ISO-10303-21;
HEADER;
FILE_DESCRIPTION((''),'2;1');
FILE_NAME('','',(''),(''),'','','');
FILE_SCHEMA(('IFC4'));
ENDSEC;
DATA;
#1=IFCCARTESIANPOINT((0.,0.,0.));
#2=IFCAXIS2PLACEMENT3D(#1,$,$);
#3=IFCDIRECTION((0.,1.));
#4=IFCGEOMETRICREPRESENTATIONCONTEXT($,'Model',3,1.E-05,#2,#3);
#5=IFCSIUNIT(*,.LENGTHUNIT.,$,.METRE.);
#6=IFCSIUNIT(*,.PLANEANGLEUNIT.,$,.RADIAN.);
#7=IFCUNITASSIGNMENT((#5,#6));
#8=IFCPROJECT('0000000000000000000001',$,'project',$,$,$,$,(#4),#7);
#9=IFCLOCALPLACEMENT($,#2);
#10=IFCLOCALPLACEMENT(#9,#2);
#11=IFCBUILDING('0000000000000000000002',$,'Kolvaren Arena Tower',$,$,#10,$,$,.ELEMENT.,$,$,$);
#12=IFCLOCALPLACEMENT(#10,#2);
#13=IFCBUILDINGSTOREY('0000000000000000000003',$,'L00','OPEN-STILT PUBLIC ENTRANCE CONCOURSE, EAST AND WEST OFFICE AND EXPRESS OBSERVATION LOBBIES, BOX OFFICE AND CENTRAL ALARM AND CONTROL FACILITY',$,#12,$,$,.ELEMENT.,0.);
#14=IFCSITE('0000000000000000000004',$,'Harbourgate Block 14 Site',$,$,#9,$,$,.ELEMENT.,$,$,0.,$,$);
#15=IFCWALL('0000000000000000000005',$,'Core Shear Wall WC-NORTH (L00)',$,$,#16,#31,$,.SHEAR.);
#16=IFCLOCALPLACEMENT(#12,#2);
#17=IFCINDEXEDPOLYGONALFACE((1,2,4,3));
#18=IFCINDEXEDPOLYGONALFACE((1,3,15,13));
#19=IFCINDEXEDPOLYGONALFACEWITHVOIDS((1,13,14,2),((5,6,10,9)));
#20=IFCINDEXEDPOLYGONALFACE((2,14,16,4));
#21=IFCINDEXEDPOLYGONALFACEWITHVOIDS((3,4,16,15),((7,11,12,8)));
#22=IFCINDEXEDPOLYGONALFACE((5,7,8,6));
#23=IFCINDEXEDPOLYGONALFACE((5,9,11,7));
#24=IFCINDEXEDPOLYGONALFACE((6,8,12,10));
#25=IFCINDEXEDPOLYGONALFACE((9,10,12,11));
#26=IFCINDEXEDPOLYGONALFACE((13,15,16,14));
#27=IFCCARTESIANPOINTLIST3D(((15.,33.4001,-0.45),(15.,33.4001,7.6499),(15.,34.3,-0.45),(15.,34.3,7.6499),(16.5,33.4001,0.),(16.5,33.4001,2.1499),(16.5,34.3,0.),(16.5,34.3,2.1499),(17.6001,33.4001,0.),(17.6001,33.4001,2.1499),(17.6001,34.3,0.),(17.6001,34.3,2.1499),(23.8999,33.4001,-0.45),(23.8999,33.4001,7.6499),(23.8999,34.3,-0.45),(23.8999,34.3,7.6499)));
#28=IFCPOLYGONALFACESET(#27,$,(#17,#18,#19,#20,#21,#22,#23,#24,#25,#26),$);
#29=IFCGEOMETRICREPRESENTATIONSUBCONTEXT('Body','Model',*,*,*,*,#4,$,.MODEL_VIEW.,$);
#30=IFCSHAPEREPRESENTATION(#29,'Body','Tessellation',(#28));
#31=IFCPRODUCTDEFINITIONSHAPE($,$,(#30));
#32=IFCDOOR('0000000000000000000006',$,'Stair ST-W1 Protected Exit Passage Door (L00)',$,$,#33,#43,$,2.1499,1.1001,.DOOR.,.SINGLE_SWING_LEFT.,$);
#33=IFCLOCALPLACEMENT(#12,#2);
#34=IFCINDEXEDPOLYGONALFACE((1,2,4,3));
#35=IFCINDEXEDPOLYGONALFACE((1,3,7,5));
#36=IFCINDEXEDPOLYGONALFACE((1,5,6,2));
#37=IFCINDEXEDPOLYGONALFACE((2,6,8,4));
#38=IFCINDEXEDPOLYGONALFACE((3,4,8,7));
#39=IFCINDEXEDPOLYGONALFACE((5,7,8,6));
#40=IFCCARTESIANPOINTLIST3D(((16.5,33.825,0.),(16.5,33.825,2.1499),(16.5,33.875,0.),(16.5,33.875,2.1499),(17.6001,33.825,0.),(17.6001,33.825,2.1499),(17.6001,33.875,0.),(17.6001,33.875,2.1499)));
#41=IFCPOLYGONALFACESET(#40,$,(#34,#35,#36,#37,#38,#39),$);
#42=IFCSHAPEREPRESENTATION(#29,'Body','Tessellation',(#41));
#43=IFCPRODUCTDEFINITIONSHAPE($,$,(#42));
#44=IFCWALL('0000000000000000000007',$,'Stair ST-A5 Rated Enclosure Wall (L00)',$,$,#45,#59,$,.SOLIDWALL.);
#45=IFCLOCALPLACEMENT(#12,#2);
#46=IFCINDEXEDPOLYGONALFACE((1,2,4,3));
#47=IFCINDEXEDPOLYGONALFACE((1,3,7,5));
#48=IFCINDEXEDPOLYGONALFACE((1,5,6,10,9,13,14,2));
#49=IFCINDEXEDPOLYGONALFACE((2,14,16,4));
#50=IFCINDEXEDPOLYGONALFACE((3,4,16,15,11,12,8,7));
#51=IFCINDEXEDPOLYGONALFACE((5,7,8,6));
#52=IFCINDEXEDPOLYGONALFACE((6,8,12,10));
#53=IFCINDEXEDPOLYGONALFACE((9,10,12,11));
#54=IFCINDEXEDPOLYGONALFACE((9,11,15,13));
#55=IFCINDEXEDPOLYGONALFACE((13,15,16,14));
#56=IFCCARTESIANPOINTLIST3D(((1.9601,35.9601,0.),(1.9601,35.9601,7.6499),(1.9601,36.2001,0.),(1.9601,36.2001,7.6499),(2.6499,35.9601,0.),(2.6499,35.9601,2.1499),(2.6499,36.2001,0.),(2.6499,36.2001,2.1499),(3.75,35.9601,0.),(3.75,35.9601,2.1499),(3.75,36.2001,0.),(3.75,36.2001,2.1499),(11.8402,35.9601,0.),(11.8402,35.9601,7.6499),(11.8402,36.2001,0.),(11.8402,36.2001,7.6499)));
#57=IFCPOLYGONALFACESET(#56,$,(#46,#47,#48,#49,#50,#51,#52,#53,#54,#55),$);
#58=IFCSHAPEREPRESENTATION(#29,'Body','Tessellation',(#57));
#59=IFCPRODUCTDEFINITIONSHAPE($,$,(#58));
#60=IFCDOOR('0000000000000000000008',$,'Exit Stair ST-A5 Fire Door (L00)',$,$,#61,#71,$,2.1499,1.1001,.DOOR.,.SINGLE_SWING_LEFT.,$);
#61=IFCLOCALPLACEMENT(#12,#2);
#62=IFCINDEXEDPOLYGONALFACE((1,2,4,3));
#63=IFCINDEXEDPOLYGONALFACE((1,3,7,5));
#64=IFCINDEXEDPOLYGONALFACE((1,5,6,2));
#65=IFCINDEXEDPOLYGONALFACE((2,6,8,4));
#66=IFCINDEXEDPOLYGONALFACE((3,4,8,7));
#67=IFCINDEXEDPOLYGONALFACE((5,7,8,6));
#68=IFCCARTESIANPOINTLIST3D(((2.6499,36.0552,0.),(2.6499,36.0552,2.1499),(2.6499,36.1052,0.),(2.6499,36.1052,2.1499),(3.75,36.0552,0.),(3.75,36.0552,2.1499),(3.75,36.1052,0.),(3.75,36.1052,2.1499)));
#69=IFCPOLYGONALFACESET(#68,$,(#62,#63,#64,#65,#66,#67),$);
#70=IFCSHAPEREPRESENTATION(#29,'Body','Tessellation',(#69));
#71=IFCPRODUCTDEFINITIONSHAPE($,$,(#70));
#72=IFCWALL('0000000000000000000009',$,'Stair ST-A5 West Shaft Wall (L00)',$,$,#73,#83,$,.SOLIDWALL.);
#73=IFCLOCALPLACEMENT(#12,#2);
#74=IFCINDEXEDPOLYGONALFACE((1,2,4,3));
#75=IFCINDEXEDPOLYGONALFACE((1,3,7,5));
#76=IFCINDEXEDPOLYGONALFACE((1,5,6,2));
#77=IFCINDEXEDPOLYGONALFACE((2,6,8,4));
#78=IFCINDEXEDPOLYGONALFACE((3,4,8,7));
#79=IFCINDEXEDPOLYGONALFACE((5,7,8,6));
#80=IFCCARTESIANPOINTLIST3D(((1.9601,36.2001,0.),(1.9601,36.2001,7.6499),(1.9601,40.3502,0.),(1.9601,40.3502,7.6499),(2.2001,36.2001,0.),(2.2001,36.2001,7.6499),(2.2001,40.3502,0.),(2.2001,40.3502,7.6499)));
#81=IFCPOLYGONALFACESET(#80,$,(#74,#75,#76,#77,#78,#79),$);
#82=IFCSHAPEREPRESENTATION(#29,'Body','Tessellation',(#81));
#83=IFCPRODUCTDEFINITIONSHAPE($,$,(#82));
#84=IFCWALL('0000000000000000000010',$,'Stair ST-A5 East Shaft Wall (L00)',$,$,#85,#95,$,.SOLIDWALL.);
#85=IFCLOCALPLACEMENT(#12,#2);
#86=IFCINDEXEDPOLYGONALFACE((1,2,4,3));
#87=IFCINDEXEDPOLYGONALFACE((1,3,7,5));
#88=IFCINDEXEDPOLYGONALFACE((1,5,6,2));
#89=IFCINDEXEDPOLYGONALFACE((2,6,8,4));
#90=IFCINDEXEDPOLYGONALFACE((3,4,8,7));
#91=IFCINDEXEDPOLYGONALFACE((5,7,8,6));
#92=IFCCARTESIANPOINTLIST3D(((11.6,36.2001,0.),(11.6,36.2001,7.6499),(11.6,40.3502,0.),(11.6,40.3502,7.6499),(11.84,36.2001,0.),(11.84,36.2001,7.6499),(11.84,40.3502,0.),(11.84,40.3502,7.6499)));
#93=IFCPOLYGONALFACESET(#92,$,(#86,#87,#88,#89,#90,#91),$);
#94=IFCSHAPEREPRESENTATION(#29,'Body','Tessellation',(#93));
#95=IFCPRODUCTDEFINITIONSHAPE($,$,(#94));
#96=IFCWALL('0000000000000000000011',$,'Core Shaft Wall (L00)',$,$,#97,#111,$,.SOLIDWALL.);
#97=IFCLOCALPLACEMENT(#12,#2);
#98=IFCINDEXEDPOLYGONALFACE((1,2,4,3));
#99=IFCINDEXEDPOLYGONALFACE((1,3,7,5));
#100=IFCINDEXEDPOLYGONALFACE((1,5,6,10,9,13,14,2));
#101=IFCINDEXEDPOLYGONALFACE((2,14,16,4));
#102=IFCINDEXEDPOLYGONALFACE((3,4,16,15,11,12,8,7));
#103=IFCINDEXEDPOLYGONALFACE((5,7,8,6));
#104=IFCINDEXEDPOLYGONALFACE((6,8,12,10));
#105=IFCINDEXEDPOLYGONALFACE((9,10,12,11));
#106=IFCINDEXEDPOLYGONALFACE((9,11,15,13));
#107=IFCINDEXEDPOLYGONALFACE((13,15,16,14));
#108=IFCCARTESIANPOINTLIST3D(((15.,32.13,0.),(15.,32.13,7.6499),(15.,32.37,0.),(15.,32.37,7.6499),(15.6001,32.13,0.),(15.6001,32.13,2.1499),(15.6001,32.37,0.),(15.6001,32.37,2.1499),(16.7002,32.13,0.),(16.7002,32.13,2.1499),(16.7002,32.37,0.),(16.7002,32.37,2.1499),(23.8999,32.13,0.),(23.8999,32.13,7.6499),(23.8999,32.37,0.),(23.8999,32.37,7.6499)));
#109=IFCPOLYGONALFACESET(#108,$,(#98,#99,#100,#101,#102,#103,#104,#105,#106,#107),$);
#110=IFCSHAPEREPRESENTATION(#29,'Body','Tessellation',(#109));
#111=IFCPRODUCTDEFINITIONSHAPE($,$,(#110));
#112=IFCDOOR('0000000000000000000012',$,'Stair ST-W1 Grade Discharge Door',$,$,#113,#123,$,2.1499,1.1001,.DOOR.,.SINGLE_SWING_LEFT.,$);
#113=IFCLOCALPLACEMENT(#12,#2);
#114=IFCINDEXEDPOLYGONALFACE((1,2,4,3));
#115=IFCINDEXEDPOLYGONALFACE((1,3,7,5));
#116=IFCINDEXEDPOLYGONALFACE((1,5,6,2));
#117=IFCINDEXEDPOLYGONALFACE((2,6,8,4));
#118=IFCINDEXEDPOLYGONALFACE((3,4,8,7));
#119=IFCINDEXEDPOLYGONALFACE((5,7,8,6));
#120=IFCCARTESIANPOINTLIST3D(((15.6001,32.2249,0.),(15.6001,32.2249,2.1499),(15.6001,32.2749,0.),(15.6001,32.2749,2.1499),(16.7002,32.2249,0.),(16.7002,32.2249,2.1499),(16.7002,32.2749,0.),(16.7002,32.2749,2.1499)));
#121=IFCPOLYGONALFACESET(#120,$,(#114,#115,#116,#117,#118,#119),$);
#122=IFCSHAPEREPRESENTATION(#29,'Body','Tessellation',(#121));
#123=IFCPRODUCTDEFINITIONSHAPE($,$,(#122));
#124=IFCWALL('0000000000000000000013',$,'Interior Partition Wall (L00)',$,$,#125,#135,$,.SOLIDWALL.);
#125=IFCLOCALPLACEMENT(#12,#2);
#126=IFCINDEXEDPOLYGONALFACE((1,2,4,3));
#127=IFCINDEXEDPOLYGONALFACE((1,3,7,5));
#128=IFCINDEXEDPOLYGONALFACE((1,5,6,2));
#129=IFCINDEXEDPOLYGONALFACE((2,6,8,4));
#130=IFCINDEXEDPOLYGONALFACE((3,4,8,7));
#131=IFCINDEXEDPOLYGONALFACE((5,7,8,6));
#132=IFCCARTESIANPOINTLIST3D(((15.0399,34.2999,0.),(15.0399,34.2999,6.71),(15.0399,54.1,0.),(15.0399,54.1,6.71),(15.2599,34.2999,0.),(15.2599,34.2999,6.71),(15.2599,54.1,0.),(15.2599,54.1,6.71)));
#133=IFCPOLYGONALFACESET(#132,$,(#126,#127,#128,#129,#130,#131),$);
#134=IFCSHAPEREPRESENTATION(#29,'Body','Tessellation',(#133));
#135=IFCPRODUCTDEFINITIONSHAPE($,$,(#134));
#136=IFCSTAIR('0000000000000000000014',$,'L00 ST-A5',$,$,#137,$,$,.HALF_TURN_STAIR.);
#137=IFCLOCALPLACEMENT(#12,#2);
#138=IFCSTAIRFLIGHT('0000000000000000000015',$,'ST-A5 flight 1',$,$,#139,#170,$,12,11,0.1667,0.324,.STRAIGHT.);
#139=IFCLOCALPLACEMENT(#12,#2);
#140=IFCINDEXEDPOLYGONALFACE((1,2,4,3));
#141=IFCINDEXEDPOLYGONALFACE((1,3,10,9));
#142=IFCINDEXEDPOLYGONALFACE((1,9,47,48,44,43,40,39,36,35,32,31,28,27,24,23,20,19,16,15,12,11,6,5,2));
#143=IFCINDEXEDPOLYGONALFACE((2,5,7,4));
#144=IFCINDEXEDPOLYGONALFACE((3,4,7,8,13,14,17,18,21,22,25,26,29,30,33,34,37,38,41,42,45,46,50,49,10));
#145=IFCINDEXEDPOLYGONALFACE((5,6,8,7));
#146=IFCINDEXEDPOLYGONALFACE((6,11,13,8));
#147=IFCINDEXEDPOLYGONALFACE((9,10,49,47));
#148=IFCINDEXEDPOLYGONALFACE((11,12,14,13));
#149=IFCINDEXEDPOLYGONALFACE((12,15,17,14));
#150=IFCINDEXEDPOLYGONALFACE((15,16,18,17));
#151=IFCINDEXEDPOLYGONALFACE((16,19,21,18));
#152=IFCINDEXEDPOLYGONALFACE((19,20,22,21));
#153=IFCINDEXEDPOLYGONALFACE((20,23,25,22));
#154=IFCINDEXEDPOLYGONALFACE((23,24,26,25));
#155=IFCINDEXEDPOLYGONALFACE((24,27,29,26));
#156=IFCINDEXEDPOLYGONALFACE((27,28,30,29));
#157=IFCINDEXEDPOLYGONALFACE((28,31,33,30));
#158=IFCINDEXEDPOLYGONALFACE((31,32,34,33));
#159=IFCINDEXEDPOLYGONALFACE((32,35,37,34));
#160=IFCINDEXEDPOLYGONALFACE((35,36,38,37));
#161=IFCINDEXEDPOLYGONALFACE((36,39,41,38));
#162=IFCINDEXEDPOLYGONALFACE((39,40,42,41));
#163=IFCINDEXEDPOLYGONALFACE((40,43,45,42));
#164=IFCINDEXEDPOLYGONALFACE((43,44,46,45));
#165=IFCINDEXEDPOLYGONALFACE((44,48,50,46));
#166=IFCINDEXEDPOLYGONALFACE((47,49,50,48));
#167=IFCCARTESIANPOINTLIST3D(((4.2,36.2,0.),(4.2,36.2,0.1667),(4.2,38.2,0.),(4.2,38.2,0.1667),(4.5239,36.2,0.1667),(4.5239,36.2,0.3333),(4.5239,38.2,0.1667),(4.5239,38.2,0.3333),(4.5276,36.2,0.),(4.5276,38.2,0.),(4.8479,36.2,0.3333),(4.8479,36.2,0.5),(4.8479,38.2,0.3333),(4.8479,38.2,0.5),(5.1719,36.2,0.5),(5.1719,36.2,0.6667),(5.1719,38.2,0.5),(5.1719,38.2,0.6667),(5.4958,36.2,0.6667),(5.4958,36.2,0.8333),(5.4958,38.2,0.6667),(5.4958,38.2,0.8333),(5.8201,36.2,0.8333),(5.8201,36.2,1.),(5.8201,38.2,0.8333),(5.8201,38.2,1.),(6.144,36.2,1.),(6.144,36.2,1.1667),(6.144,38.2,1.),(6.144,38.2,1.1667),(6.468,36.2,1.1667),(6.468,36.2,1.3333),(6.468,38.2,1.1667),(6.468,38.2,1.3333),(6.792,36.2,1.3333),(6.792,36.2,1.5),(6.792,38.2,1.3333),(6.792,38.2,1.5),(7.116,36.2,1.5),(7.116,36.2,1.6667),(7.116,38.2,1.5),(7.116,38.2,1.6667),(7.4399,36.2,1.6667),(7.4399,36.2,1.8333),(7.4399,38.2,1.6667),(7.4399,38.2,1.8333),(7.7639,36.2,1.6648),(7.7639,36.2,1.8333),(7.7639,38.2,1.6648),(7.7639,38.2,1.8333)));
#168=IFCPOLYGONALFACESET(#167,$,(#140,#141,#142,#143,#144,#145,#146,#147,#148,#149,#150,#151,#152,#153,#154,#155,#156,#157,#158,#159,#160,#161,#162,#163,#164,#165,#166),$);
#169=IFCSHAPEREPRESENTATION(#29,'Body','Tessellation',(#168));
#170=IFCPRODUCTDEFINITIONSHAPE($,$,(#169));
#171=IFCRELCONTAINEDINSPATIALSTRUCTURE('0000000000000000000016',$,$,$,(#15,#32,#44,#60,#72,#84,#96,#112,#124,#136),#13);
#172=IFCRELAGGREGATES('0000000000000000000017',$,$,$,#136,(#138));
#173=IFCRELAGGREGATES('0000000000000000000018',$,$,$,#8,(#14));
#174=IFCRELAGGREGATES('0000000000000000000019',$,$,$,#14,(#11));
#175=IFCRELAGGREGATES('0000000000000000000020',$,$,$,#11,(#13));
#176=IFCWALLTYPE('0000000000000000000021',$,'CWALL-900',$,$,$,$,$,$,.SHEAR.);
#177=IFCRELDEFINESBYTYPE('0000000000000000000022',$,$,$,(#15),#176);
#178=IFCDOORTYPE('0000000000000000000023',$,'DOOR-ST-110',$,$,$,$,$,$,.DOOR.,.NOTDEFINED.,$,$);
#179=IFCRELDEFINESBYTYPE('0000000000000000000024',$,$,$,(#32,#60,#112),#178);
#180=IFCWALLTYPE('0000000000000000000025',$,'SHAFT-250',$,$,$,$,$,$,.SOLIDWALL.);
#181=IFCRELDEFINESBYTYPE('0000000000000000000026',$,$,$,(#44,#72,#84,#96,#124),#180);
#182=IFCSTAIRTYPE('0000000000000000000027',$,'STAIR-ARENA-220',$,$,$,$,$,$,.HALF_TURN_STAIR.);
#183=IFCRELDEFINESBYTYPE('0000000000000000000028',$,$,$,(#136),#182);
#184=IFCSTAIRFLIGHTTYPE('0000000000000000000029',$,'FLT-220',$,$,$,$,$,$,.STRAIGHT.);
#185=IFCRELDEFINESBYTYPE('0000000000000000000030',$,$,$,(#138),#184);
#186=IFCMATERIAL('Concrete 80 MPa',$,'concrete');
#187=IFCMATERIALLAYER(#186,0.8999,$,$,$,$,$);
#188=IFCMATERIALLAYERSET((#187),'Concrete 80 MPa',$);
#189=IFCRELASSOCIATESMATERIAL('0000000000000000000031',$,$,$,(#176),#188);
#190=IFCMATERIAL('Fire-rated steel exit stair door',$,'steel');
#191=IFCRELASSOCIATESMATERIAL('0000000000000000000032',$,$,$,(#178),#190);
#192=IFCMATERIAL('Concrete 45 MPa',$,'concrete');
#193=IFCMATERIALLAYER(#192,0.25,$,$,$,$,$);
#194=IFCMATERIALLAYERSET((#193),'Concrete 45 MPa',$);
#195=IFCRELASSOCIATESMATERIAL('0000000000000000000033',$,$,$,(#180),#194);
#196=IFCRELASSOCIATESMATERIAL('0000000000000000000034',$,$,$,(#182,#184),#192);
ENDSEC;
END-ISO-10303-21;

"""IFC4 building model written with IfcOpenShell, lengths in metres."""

from ifc_helpers import new_model, si_unit, direction, frame, frame_2d, origin, place, context, subcontext, project, spatial, polyline, rectangle, outline, extrude, material, layer, layer_set, type_object, element, fill, aggregate, save


model = new_model("IFC4")

# Units and contexts
model_context = context("Model", 3, precision=1e-05, world=origin(), true_north=direction((0.0, 1.0)))
body_context = subcontext(model_context, "Body", "Model", "MODEL_VIEW")
ifc_project = project(units=[si_unit("LENGTHUNIT", "METRE"), si_unit("PLANEANGLEUNIT", "RADIAN")], contexts=[model_context])

# Site, building, storey
site_placement = place(None, origin())
site = spatial("IfcSite", under=ifc_project, at=site_placement, Name="Harbourgate Block 14 Site", CompositionType="ELEMENT", RefElevation=0.0)
building_placement = place(site_placement, origin())
building = spatial("IfcBuilding", under=site, at=building_placement, Name="Kolvaren Arena Tower", CompositionType="ELEMENT")
storey_placement = place(building_placement, origin())
storey = spatial("IfcBuildingStorey", under=building, at=storey_placement, Name="L00", Description="OPEN-STILT PUBLIC ENTRANCE CONCOURSE, EAST AND WEST OFFICE AND EXPRESS OBSERVATION LOBBIES, BOX OFFICE AND CENTRAL ALARM AND CONTROL FACILITY", CompositionType="ELEMENT", Elevation=0.0)

# Walls, openings, doors
ifc_material_1 = material(Name="Concrete 80 MPa", Category="concrete")
ifc_layer_1 = layer(ifc_material_1, 0.8999)
ifc_layer_set_1 = layer_set([ifc_layer_1], Name="Concrete 80 MPa")
wall_type_1 = type_object("IfcWallType", Name="CWALL-900", PredefinedType="SHEAR", material=ifc_layer_set_1)
wall_1_placement = place(storey_placement, frame((15.0, 33.8501, -0.45), z_axis=(0.0, 0.0, 1.0), x_axis=(1.0, 0.0, 0.0)))
wall_1 = element("IfcWall", 1, at=wall_1_placement, inside=storey, type_object=wall_type_1, Name="Core Shear Wall WC-NORTH (L00)", PredefinedType="SHEAR", context=body_context, shape_type="SweptSolid", body=[
    extrude(rectangle(XDim=8.8999, YDim=0.8999, at=frame_2d((4.45, 0.0))), origin(), (0.0, 0.0, 1.0), 8.0999),
])
opening_1_placement = place(wall_1_placement, frame((1.5, 0.0, 0.45)))
opening_1 = element("IfcOpeningElement", 2, at=opening_1_placement, cuts=wall_1, PredefinedType="OPENING", context=body_context, shape_type="SweptSolid", body=[
    extrude(rectangle(XDim=1.1001, YDim=2.1499, at=frame_2d((0.55, 1.075))), frame((0.0, 0.46, 0.0), z_axis=(0.0, -1.0, 0.0), x_axis=(1.0, 0.0, 0.0)), (0.0, 0.0, 1.0), 0.9199),
])
ifc_material_2 = material(Name="Fire-rated steel exit stair door", Category="steel")
door_type = type_object("IfcDoorType", Name="DOOR-ST-110", OperationType="NOTDEFINED", PredefinedType="DOOR", material=ifc_material_2)
door_1_placement = place(opening_1_placement, origin())
door_1 = element("IfcDoor", 3, at=door_1_placement, inside=storey, type_object=door_type, Name="Stair ST-W1 Protected Exit Passage Door (L00)", OperationType="SINGLE_SWING_LEFT", OverallHeight=2.1499, OverallWidth=1.1001, PredefinedType="DOOR", context=body_context, shape_type="SweptSolid", body=[
    extrude(rectangle(XDim=1.1001, YDim=2.1499, at=frame_2d((0.55, 1.075))), frame((0.0, 0.0249, 0.0), z_axis=(0.0, -1.0, 0.0), x_axis=(1.0, 0.0, 0.0)), (0.0, 0.0, 1.0), 0.05),
])
fill(opening_1, door_1)
ifc_material_3 = material(Name="Concrete 45 MPa", Category="concrete")
ifc_layer_2 = layer(ifc_material_3, 0.25)
ifc_layer_set_2 = layer_set([ifc_layer_2], Name="Concrete 45 MPa")
wall_type_2 = type_object("IfcWallType", Name="SHAFT-250", PredefinedType="SOLIDWALL", material=ifc_layer_set_2)
wall_2_placement = place(storey_placement, frame((11.8401, 36.0801, 0.0), z_axis=(0.0, 0.0, 1.0), x_axis=(-1.0, 0.0, 0.0)))
wall_2 = element("IfcWall", 4, at=wall_2_placement, inside=storey, type_object=wall_type_2, Name="Stair ST-A5 Rated Enclosure Wall (L00)", PredefinedType="SOLIDWALL", context=body_context, shape_type="SweptSolid", body=[
    extrude(rectangle(XDim=9.8801, YDim=0.24, at=frame_2d((4.9399, 0.0))), origin(), (0.0, 0.0, 1.0), 7.6499),
])
opening_2_placement = place(wall_2_placement, frame((8.0901, 0.0, 0.0)))
opening_2 = element("IfcOpeningElement", 5, at=opening_2_placement, cuts=wall_2, PredefinedType="OPENING", context=body_context, shape_type="SweptSolid", body=[
    extrude(rectangle(XDim=1.1001, YDim=2.1499, at=frame_2d((0.55, 1.075))), frame((0.0, 0.1299, 0.0), z_axis=(0.0, -1.0, 0.0), x_axis=(1.0, 0.0, 0.0)), (0.0, 0.0, 1.0), 0.26),
])
door_2_placement = place(opening_2_placement, origin())
door_2 = element("IfcDoor", 6, at=door_2_placement, inside=storey, type_object=door_type, Name="Exit Stair ST-A5 Fire Door (L00)", OperationType="SINGLE_SWING_LEFT", OverallHeight=2.1499, OverallWidth=1.1001, PredefinedType="DOOR", context=body_context, shape_type="SweptSolid", body=[
    extrude(rectangle(XDim=1.1001, YDim=2.1499, at=frame_2d((0.55, 1.075))), frame((0.0, 0.0249, 0.0), z_axis=(0.0, -1.0, 0.0), x_axis=(1.0, 0.0, 0.0)), (0.0, 0.0, 1.0), 0.05),
])
fill(opening_2, door_2)

# Walls
for number, where, z_axis, x_axis, name in (
    (7, (2.0801, 36.2, 0.0), (0.0, 0.0, 1.0), (0.0, 1.0, 0.0), "Stair ST-A5 West Shaft Wall (L00)"),
    (8, (11.72, 36.2, 0.0), (0.0, 0.0, 1.0), (0.0, 1.0, 0.0), "Stair ST-A5 East Shaft Wall (L00)"),
):
    element("IfcWall", number, at=place(storey_placement, frame(where, z_axis=z_axis, x_axis=x_axis)), inside=storey, type_object=wall_type_2, Name=name, PredefinedType="SOLIDWALL", context=body_context, shape_type="SweptSolid", body=[
        extrude(rectangle(XDim=4.1501, YDim=0.24, at=frame_2d((2.0752, 0.0))), origin(), (0.0, 0.0, 1.0), 7.6499),
    ])

# Wall, opening, door
wall_3_placement = place(storey_placement, frame((15.0, 32.25, 0.0), z_axis=(0.0, 0.0, 1.0), x_axis=(1.0, 0.0, 0.0)))
wall_3 = element("IfcWall", 9, at=wall_3_placement, inside=storey, type_object=wall_type_2, Name="Core Shaft Wall (L00)", PredefinedType="SOLIDWALL", context=body_context, shape_type="SweptSolid", body=[
    extrude(rectangle(XDim=8.8999, YDim=0.24, at=frame_2d((4.45, 0.0))), origin(), (0.0, 0.0, 1.0), 7.6499),
])
opening_3_placement = place(wall_3_placement, frame((0.6001, 0.0, 0.0)))
opening_3 = element("IfcOpeningElement", 10, at=opening_3_placement, cuts=wall_3, PredefinedType="OPENING", context=body_context, shape_type="SweptSolid", body=[
    extrude(rectangle(XDim=1.1001, YDim=2.1499, at=frame_2d((0.55, 1.075))), frame((0.0, 0.1299, 0.0), z_axis=(0.0, -1.0, 0.0), x_axis=(1.0, 0.0, 0.0)), (0.0, 0.0, 1.0), 0.26),
])
door_3_placement = place(opening_3_placement, origin())
door_3 = element("IfcDoor", 11, at=door_3_placement, inside=storey, type_object=door_type, Name="Stair ST-W1 Grade Discharge Door", OperationType="SINGLE_SWING_LEFT", OverallHeight=2.1499, OverallWidth=1.1001, PredefinedType="DOOR", context=body_context, shape_type="SweptSolid", body=[
    extrude(rectangle(XDim=1.1001, YDim=2.1499, at=frame_2d((0.55, 1.075))), frame((0.0, 0.0249, 0.0), z_axis=(0.0, -1.0, 0.0), x_axis=(1.0, 0.0, 0.0)), (0.0, 0.0, 1.0), 0.05),
])
fill(opening_3, door_3)

# Wall
wall_4_placement = place(storey_placement, frame((15.1499, 34.3, 0.0), z_axis=(0.0, 0.0, 1.0), x_axis=(0.0, 1.0, 0.0)))
element("IfcWall", 12, at=wall_4_placement, inside=storey, type_object=wall_type_2, Name="Interior Partition Wall (L00)", PredefinedType="SOLIDWALL", context=body_context, shape_type="SweptSolid", body=[
    extrude(rectangle(XDim=19.8, YDim=0.22, at=frame_2d((9.8999, 0.0))), origin(), (0.0, 0.0, 1.0), 6.71),
])

# Stair, stair flight
stair_type = type_object("IfcStairType", Name="STAIR-ARENA-220", PredefinedType="HALF_TURN_STAIR", material=ifc_material_3)
stair_placement = place(storey_placement, origin())
stair = element("IfcStair", 13, at=stair_placement, inside=storey, type_object=stair_type, Name="L00 ST-A5", PredefinedType="HALF_TURN_STAIR")
stair_flight_type = type_object("IfcStairFlightType", Name="FLT-220", PredefinedType="STRAIGHT", material=ifc_material_3)
stair_flight_1_placement = place(storey_placement, frame((4.2, 37.2, 0.0), z_axis=(0.0, 0.0, 1.0), x_axis=(1.0, 0.0, 0.0)))
stair_flight_1 = element("IfcStairFlight", 14, at=stair_flight_1_placement, type_object=stair_flight_type, Name="ST-A5 flight 1", NumberOfRisers=12, NumberOfTreads=11, PredefinedType="STRAIGHT", RiserHeight=0.1667, TreadLength=0.324, context=body_context, shape_type="SweptSolid", body=[
    extrude(outline(polyline([(0.0, 0.0), (0.0, 0.1667), (0.324, 0.1667), (0.324, 0.3333), (0.6479, 0.3333), (0.6479, 0.5), (0.9719, 0.5), (0.9719, 0.6667), (1.2959, 0.6667), (1.2959, 0.8333), (1.6201, 0.8333), (1.6201, 1.0), (1.9441, 1.0), (1.9441, 1.1667), (2.2681, 1.1667), (2.2681, 1.3333), (2.592, 1.3333), (2.592, 1.5), (2.916, 1.5), (2.916, 1.6667), (3.24, 1.6667), (3.24, 1.8333), (3.564, 1.8333), (3.564, 2.0), (3.564, 1.6648), (0.3276, 0.0), (0.0, 0.0)])), frame((0.0, 1.0, 0.0), z_axis=(0.0, -1.0, 0.0), x_axis=(1.0, 0.0, 0.0)), (0.0, 0.0, 1.0), 2.0),
])
aggregate(stair, [stair_flight_1])

save(model, "model.ifc")
